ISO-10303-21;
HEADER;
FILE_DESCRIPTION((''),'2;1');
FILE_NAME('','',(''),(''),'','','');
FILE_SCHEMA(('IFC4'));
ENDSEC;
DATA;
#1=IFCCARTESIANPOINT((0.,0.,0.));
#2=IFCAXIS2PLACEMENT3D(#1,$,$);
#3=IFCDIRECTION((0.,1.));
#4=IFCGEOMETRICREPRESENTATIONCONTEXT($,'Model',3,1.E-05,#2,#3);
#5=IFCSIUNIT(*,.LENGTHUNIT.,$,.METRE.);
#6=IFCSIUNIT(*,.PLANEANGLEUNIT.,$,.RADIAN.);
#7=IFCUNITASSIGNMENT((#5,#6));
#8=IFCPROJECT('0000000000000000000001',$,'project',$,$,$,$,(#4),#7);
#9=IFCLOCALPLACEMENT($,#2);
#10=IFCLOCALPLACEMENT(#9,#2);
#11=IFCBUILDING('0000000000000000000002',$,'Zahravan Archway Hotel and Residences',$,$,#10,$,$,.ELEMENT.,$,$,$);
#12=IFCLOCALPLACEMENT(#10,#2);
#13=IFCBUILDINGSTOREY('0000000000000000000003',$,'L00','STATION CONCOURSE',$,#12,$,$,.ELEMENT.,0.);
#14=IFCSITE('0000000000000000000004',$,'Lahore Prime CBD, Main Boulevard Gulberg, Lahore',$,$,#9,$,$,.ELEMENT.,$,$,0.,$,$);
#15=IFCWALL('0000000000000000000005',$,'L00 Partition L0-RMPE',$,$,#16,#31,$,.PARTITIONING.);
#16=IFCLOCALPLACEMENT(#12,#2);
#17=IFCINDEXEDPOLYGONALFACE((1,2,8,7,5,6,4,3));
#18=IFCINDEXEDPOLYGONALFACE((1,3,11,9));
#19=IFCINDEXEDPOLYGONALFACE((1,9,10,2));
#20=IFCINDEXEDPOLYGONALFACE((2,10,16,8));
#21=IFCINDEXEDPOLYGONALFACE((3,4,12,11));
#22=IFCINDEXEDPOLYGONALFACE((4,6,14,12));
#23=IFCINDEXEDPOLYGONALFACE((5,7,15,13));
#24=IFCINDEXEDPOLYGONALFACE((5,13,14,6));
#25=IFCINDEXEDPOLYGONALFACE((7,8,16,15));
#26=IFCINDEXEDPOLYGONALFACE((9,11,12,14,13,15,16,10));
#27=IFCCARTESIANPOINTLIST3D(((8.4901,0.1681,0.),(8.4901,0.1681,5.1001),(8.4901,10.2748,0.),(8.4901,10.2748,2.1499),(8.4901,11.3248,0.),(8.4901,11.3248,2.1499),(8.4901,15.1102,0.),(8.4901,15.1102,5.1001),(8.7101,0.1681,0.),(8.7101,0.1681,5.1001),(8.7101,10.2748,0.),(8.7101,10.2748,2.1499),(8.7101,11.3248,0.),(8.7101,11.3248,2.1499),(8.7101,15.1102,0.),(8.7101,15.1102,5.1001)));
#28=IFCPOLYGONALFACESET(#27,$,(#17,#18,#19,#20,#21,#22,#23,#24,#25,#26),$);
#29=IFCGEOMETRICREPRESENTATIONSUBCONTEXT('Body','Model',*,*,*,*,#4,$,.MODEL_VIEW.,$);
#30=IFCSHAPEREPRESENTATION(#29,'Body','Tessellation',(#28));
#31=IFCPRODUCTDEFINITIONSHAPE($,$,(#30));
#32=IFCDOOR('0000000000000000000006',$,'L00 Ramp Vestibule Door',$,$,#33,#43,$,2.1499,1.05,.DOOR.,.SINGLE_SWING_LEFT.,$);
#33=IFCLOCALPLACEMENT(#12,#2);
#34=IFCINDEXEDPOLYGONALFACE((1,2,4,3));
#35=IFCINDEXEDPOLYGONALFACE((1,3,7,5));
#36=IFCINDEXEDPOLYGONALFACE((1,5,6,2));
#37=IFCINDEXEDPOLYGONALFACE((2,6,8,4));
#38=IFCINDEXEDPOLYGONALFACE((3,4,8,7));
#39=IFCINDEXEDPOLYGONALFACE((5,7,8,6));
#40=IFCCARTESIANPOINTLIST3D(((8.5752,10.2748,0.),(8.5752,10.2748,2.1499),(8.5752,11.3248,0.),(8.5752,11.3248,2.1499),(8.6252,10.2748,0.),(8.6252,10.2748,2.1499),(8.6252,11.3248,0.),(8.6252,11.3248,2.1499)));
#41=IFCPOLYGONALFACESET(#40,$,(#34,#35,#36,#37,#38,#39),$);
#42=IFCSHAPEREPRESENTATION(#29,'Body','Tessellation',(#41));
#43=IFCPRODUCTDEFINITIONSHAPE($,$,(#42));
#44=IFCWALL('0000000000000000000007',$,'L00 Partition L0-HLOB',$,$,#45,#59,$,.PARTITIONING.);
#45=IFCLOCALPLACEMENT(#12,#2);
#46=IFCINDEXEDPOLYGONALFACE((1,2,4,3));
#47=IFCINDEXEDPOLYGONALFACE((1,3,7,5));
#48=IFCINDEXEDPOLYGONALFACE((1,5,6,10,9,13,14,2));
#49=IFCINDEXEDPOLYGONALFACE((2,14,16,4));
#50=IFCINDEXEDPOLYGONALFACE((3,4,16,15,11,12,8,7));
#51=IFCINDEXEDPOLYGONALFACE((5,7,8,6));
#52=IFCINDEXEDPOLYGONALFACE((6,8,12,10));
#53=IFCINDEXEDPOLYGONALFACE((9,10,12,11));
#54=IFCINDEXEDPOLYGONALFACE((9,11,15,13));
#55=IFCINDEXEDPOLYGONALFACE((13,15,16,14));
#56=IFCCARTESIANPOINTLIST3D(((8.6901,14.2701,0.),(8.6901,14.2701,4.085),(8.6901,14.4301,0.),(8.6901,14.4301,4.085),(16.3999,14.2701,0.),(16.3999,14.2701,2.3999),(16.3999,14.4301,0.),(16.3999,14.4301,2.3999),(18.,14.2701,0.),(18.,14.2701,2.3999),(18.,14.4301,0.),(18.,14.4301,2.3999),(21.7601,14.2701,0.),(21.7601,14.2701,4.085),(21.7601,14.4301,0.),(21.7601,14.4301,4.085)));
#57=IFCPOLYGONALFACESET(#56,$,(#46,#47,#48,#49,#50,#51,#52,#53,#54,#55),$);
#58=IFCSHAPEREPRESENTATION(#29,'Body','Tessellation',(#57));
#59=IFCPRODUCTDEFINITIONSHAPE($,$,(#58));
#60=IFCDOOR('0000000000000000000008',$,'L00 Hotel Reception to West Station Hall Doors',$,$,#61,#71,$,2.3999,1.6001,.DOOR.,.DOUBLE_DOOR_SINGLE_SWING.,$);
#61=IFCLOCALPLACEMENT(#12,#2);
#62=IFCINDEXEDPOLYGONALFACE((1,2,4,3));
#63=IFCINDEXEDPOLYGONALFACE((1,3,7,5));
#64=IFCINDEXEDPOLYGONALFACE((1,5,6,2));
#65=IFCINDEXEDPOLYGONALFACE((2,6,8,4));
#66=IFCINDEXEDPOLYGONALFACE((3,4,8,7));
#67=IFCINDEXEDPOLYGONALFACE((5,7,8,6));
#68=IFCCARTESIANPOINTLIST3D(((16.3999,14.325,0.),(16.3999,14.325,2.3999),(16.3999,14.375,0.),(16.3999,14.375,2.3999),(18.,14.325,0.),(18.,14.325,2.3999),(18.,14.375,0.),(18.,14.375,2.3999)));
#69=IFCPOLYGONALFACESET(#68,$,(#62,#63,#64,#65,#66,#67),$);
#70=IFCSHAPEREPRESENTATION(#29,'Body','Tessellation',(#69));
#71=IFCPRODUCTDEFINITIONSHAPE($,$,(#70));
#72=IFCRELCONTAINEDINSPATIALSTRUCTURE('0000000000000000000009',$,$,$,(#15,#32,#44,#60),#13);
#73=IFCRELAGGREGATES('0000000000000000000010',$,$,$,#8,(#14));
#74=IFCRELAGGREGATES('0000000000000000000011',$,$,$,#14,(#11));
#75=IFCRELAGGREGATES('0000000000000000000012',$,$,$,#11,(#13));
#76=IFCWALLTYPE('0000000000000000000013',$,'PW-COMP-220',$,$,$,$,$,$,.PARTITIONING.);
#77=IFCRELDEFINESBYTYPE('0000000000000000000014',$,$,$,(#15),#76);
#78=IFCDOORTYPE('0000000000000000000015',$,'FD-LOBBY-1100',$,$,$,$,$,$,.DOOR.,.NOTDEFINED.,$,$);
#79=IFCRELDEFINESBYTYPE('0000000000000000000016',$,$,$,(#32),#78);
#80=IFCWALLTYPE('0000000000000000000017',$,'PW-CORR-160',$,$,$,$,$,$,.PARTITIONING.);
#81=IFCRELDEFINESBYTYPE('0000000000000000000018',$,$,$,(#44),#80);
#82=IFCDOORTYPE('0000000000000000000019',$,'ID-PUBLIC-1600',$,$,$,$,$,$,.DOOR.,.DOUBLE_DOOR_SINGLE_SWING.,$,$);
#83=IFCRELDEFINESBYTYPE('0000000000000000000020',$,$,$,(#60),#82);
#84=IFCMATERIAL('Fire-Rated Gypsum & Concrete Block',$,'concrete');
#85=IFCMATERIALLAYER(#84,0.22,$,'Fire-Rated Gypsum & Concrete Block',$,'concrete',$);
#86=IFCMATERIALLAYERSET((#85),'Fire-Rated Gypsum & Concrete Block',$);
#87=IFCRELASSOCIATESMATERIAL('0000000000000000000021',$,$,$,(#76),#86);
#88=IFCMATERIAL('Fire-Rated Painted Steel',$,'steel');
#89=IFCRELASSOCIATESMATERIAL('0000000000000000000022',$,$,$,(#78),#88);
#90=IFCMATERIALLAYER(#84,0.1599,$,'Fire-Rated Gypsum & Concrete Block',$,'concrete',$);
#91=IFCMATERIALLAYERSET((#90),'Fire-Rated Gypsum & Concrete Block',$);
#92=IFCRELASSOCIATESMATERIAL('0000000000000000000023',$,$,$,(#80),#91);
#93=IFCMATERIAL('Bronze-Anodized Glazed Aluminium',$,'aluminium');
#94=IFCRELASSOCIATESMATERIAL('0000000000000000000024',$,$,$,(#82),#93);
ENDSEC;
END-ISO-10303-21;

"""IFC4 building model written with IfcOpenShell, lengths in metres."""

from ifc_helpers import new_model, si_unit, direction, frame, frame_2d, origin, place, context, subcontext, project, spatial, rectangle, extrude, source, transform, mapped, material, layer, layer_set, type_object, type_shapes, element, fill, save


model = new_model("IFC4")

# Units and contexts
model_context = context("Model", 3, precision=1e-05, world=origin(), true_north=direction((0.0, 1.0)))
body_context = subcontext(model_context, "Body", "Model", "MODEL_VIEW")
ifc_project = project(units=[si_unit("LENGTHUNIT", "METRE"), si_unit("PLANEANGLEUNIT", "RADIAN")], contexts=[model_context])

# Site, building, storey
site_placement = place(None, origin())
site = spatial("IfcSite", under=ifc_project, at=site_placement, Name="Lahore Prime CBD, Main Boulevard Gulberg, Lahore", CompositionType="ELEMENT", RefElevation=0.0)
building_placement = place(site_placement, origin())
building = spatial("IfcBuilding", under=site, at=building_placement, Name="Zahravan Archway Hotel and Residences", CompositionType="ELEMENT")
storey_placement = place(building_placement, origin())
storey = spatial("IfcBuildingStorey", under=building, at=storey_placement, Name="L00", Description="STATION CONCOURSE", CompositionType="ELEMENT", Elevation=0.0)

# Walls, openings, doors
ifc_material_1 = material(Name="Fire-Rated Gypsum & Concrete Block", Category="concrete")
ifc_layer_1 = layer(ifc_material_1, 0.22, Name="Fire-Rated Gypsum & Concrete Block", Category="concrete")
ifc_layer_set_1 = layer_set([ifc_layer_1], Name="Fire-Rated Gypsum & Concrete Block")
wall_type_1 = type_object("IfcWallType", Name="PW-COMP-220", PredefinedType="PARTITIONING", material=ifc_layer_set_1)
wall_1_placement = place(storey_placement, frame((8.6001, 0.168, 0.0), z_axis=(0.0, 0.0, 1.0), x_axis=(0.0, 1.0, 0.0)))
wall_1 = element("IfcWall", 1, at=wall_1_placement, inside=storey, type_object=wall_type_1, Name="L00 Partition L0-RMPE", PredefinedType="PARTITIONING", context=body_context, shape_type="SweptSolid", body=[
    extrude(rectangle(XDim=14.9421, YDim=0.22, at=frame_2d((7.4712, 0.0))), origin(), (0.0, 0.0, 1.0), 5.1001),
])
opening_1_placement = place(wall_1_placement, frame((10.1069, 0.0, 0.0)))
opening_1 = element("IfcOpeningElement", 2, at=opening_1_placement, cuts=wall_1, PredefinedType="OPENING", context=body_context, shape_type="SweptSolid", body=[
    extrude(rectangle(XDim=1.05, YDim=2.1499, at=frame_2d((0.5249, 1.075))), frame((0.0, 0.1201, 0.0), z_axis=(0.0, -1.0, 0.0), x_axis=(1.0, 0.0, 0.0)), (0.0, 0.0, 1.0), 0.24),
])
ifc_material_2 = material(Name="Fire-Rated Painted Steel", Category="steel")
door_type_1 = type_object("IfcDoorType", Name="FD-LOBBY-1100", OperationType="NOTDEFINED", PredefinedType="DOOR", material=ifc_material_2)
shared_shape_1 = source(origin(), body_context, "Body", "SweptSolid", [
    extrude(rectangle(XDim=1.05, YDim=2.1499, at=frame_2d((0.5249, 1.075))), frame((0.0, 0.0249, 0.0), z_axis=(0.0, -1.0, 0.0), x_axis=(1.0, 0.0, 0.0)), (0.0, 0.0, 1.0), 0.05),
])
type_shapes(door_type_1, [shared_shape_1])
door_1_placement = place(opening_1_placement, origin())
door_1 = element("IfcDoor", 3, at=door_1_placement, inside=storey, type_object=door_type_1, Name="L00 Ramp Vestibule Door", OperationType="SINGLE_SWING_LEFT", OverallHeight=2.1499, OverallWidth=1.05, PredefinedType="DOOR", context=body_context, shape_type="MappedRepresentation", body=[
    mapped(shared_shape_1, transform((0.0, 0.0, 0.0), scale=1.0)),
])
fill(opening_1, door_1)
ifc_layer_2 = layer(ifc_material_1, 0.1599, Name="Fire-Rated Gypsum & Concrete Block", Category="concrete")
ifc_layer_set_2 = layer_set([ifc_layer_2], Name="Fire-Rated Gypsum & Concrete Block")
wall_type_2 = type_object("IfcWallType", Name="PW-CORR-160", PredefinedType="PARTITIONING", material=ifc_layer_set_2)
wall_2_placement = place(storey_placement, frame((8.6899, 14.3501, 0.0), z_axis=(0.0, 0.0, 1.0), x_axis=(1.0, 0.0, 0.0)))
wall_2 = element("IfcWall", 4, at=wall_2_placement, inside=storey, type_object=wall_type_2, Name="L00 Partition L0-HLOB", PredefinedType="PARTITIONING", context=body_context, shape_type="SweptSolid", body=[
    extrude(rectangle(XDim=13.0701, YDim=0.1599, at=frame_2d((6.5352, 0.0))), origin(), (0.0, 0.0, 1.0), 4.085),
])
opening_2_placement = place(wall_2_placement, frame((7.71, 0.0, 0.0)))
opening_2 = element("IfcOpeningElement", 5, at=opening_2_placement, cuts=wall_2, PredefinedType="OPENING", context=body_context, shape_type="SweptSolid", body=[
    extrude(rectangle(XDim=1.6001, YDim=2.3999, at=frame_2d((0.8, 1.2))), frame((0.0, 0.0898, 0.0), z_axis=(0.0, -1.0, 0.0), x_axis=(1.0, 0.0, 0.0)), (0.0, 0.0, 1.0), 0.1799),
])
ifc_material_3 = material(Name="Bronze-Anodized Glazed Aluminium", Category="aluminium")
door_type_2 = type_object("IfcDoorType", Name="ID-PUBLIC-1600", OperationType="DOUBLE_DOOR_SINGLE_SWING", PredefinedType="DOOR", material=ifc_material_3)
shared_shape_2 = source(origin(), body_context, "Body", "SweptSolid", [
    extrude(rectangle(XDim=1.6001, YDim=2.3999, at=frame_2d((0.8, 1.2))), frame((0.0, 0.0249, 0.0), z_axis=(0.0, -1.0, 0.0), x_axis=(1.0, 0.0, 0.0)), (0.0, 0.0, 1.0), 0.05),
])
type_shapes(door_type_2, [shared_shape_2])
door_2_placement = place(opening_2_placement, origin())
door_2 = element("IfcDoor", 6, at=door_2_placement, inside=storey, type_object=door_type_2, Name="L00 Hotel Reception to West Station Hall Doors", OperationType="DOUBLE_DOOR_SINGLE_SWING", OverallHeight=2.3999, OverallWidth=1.6001, PredefinedType="DOOR", context=body_context, shape_type="MappedRepresentation", body=[
    mapped(shared_shape_2, transform((0.0, 0.0, 0.0), scale=1.0)),
])
fill(opening_2, door_2)

save(model, "model.ifc")
